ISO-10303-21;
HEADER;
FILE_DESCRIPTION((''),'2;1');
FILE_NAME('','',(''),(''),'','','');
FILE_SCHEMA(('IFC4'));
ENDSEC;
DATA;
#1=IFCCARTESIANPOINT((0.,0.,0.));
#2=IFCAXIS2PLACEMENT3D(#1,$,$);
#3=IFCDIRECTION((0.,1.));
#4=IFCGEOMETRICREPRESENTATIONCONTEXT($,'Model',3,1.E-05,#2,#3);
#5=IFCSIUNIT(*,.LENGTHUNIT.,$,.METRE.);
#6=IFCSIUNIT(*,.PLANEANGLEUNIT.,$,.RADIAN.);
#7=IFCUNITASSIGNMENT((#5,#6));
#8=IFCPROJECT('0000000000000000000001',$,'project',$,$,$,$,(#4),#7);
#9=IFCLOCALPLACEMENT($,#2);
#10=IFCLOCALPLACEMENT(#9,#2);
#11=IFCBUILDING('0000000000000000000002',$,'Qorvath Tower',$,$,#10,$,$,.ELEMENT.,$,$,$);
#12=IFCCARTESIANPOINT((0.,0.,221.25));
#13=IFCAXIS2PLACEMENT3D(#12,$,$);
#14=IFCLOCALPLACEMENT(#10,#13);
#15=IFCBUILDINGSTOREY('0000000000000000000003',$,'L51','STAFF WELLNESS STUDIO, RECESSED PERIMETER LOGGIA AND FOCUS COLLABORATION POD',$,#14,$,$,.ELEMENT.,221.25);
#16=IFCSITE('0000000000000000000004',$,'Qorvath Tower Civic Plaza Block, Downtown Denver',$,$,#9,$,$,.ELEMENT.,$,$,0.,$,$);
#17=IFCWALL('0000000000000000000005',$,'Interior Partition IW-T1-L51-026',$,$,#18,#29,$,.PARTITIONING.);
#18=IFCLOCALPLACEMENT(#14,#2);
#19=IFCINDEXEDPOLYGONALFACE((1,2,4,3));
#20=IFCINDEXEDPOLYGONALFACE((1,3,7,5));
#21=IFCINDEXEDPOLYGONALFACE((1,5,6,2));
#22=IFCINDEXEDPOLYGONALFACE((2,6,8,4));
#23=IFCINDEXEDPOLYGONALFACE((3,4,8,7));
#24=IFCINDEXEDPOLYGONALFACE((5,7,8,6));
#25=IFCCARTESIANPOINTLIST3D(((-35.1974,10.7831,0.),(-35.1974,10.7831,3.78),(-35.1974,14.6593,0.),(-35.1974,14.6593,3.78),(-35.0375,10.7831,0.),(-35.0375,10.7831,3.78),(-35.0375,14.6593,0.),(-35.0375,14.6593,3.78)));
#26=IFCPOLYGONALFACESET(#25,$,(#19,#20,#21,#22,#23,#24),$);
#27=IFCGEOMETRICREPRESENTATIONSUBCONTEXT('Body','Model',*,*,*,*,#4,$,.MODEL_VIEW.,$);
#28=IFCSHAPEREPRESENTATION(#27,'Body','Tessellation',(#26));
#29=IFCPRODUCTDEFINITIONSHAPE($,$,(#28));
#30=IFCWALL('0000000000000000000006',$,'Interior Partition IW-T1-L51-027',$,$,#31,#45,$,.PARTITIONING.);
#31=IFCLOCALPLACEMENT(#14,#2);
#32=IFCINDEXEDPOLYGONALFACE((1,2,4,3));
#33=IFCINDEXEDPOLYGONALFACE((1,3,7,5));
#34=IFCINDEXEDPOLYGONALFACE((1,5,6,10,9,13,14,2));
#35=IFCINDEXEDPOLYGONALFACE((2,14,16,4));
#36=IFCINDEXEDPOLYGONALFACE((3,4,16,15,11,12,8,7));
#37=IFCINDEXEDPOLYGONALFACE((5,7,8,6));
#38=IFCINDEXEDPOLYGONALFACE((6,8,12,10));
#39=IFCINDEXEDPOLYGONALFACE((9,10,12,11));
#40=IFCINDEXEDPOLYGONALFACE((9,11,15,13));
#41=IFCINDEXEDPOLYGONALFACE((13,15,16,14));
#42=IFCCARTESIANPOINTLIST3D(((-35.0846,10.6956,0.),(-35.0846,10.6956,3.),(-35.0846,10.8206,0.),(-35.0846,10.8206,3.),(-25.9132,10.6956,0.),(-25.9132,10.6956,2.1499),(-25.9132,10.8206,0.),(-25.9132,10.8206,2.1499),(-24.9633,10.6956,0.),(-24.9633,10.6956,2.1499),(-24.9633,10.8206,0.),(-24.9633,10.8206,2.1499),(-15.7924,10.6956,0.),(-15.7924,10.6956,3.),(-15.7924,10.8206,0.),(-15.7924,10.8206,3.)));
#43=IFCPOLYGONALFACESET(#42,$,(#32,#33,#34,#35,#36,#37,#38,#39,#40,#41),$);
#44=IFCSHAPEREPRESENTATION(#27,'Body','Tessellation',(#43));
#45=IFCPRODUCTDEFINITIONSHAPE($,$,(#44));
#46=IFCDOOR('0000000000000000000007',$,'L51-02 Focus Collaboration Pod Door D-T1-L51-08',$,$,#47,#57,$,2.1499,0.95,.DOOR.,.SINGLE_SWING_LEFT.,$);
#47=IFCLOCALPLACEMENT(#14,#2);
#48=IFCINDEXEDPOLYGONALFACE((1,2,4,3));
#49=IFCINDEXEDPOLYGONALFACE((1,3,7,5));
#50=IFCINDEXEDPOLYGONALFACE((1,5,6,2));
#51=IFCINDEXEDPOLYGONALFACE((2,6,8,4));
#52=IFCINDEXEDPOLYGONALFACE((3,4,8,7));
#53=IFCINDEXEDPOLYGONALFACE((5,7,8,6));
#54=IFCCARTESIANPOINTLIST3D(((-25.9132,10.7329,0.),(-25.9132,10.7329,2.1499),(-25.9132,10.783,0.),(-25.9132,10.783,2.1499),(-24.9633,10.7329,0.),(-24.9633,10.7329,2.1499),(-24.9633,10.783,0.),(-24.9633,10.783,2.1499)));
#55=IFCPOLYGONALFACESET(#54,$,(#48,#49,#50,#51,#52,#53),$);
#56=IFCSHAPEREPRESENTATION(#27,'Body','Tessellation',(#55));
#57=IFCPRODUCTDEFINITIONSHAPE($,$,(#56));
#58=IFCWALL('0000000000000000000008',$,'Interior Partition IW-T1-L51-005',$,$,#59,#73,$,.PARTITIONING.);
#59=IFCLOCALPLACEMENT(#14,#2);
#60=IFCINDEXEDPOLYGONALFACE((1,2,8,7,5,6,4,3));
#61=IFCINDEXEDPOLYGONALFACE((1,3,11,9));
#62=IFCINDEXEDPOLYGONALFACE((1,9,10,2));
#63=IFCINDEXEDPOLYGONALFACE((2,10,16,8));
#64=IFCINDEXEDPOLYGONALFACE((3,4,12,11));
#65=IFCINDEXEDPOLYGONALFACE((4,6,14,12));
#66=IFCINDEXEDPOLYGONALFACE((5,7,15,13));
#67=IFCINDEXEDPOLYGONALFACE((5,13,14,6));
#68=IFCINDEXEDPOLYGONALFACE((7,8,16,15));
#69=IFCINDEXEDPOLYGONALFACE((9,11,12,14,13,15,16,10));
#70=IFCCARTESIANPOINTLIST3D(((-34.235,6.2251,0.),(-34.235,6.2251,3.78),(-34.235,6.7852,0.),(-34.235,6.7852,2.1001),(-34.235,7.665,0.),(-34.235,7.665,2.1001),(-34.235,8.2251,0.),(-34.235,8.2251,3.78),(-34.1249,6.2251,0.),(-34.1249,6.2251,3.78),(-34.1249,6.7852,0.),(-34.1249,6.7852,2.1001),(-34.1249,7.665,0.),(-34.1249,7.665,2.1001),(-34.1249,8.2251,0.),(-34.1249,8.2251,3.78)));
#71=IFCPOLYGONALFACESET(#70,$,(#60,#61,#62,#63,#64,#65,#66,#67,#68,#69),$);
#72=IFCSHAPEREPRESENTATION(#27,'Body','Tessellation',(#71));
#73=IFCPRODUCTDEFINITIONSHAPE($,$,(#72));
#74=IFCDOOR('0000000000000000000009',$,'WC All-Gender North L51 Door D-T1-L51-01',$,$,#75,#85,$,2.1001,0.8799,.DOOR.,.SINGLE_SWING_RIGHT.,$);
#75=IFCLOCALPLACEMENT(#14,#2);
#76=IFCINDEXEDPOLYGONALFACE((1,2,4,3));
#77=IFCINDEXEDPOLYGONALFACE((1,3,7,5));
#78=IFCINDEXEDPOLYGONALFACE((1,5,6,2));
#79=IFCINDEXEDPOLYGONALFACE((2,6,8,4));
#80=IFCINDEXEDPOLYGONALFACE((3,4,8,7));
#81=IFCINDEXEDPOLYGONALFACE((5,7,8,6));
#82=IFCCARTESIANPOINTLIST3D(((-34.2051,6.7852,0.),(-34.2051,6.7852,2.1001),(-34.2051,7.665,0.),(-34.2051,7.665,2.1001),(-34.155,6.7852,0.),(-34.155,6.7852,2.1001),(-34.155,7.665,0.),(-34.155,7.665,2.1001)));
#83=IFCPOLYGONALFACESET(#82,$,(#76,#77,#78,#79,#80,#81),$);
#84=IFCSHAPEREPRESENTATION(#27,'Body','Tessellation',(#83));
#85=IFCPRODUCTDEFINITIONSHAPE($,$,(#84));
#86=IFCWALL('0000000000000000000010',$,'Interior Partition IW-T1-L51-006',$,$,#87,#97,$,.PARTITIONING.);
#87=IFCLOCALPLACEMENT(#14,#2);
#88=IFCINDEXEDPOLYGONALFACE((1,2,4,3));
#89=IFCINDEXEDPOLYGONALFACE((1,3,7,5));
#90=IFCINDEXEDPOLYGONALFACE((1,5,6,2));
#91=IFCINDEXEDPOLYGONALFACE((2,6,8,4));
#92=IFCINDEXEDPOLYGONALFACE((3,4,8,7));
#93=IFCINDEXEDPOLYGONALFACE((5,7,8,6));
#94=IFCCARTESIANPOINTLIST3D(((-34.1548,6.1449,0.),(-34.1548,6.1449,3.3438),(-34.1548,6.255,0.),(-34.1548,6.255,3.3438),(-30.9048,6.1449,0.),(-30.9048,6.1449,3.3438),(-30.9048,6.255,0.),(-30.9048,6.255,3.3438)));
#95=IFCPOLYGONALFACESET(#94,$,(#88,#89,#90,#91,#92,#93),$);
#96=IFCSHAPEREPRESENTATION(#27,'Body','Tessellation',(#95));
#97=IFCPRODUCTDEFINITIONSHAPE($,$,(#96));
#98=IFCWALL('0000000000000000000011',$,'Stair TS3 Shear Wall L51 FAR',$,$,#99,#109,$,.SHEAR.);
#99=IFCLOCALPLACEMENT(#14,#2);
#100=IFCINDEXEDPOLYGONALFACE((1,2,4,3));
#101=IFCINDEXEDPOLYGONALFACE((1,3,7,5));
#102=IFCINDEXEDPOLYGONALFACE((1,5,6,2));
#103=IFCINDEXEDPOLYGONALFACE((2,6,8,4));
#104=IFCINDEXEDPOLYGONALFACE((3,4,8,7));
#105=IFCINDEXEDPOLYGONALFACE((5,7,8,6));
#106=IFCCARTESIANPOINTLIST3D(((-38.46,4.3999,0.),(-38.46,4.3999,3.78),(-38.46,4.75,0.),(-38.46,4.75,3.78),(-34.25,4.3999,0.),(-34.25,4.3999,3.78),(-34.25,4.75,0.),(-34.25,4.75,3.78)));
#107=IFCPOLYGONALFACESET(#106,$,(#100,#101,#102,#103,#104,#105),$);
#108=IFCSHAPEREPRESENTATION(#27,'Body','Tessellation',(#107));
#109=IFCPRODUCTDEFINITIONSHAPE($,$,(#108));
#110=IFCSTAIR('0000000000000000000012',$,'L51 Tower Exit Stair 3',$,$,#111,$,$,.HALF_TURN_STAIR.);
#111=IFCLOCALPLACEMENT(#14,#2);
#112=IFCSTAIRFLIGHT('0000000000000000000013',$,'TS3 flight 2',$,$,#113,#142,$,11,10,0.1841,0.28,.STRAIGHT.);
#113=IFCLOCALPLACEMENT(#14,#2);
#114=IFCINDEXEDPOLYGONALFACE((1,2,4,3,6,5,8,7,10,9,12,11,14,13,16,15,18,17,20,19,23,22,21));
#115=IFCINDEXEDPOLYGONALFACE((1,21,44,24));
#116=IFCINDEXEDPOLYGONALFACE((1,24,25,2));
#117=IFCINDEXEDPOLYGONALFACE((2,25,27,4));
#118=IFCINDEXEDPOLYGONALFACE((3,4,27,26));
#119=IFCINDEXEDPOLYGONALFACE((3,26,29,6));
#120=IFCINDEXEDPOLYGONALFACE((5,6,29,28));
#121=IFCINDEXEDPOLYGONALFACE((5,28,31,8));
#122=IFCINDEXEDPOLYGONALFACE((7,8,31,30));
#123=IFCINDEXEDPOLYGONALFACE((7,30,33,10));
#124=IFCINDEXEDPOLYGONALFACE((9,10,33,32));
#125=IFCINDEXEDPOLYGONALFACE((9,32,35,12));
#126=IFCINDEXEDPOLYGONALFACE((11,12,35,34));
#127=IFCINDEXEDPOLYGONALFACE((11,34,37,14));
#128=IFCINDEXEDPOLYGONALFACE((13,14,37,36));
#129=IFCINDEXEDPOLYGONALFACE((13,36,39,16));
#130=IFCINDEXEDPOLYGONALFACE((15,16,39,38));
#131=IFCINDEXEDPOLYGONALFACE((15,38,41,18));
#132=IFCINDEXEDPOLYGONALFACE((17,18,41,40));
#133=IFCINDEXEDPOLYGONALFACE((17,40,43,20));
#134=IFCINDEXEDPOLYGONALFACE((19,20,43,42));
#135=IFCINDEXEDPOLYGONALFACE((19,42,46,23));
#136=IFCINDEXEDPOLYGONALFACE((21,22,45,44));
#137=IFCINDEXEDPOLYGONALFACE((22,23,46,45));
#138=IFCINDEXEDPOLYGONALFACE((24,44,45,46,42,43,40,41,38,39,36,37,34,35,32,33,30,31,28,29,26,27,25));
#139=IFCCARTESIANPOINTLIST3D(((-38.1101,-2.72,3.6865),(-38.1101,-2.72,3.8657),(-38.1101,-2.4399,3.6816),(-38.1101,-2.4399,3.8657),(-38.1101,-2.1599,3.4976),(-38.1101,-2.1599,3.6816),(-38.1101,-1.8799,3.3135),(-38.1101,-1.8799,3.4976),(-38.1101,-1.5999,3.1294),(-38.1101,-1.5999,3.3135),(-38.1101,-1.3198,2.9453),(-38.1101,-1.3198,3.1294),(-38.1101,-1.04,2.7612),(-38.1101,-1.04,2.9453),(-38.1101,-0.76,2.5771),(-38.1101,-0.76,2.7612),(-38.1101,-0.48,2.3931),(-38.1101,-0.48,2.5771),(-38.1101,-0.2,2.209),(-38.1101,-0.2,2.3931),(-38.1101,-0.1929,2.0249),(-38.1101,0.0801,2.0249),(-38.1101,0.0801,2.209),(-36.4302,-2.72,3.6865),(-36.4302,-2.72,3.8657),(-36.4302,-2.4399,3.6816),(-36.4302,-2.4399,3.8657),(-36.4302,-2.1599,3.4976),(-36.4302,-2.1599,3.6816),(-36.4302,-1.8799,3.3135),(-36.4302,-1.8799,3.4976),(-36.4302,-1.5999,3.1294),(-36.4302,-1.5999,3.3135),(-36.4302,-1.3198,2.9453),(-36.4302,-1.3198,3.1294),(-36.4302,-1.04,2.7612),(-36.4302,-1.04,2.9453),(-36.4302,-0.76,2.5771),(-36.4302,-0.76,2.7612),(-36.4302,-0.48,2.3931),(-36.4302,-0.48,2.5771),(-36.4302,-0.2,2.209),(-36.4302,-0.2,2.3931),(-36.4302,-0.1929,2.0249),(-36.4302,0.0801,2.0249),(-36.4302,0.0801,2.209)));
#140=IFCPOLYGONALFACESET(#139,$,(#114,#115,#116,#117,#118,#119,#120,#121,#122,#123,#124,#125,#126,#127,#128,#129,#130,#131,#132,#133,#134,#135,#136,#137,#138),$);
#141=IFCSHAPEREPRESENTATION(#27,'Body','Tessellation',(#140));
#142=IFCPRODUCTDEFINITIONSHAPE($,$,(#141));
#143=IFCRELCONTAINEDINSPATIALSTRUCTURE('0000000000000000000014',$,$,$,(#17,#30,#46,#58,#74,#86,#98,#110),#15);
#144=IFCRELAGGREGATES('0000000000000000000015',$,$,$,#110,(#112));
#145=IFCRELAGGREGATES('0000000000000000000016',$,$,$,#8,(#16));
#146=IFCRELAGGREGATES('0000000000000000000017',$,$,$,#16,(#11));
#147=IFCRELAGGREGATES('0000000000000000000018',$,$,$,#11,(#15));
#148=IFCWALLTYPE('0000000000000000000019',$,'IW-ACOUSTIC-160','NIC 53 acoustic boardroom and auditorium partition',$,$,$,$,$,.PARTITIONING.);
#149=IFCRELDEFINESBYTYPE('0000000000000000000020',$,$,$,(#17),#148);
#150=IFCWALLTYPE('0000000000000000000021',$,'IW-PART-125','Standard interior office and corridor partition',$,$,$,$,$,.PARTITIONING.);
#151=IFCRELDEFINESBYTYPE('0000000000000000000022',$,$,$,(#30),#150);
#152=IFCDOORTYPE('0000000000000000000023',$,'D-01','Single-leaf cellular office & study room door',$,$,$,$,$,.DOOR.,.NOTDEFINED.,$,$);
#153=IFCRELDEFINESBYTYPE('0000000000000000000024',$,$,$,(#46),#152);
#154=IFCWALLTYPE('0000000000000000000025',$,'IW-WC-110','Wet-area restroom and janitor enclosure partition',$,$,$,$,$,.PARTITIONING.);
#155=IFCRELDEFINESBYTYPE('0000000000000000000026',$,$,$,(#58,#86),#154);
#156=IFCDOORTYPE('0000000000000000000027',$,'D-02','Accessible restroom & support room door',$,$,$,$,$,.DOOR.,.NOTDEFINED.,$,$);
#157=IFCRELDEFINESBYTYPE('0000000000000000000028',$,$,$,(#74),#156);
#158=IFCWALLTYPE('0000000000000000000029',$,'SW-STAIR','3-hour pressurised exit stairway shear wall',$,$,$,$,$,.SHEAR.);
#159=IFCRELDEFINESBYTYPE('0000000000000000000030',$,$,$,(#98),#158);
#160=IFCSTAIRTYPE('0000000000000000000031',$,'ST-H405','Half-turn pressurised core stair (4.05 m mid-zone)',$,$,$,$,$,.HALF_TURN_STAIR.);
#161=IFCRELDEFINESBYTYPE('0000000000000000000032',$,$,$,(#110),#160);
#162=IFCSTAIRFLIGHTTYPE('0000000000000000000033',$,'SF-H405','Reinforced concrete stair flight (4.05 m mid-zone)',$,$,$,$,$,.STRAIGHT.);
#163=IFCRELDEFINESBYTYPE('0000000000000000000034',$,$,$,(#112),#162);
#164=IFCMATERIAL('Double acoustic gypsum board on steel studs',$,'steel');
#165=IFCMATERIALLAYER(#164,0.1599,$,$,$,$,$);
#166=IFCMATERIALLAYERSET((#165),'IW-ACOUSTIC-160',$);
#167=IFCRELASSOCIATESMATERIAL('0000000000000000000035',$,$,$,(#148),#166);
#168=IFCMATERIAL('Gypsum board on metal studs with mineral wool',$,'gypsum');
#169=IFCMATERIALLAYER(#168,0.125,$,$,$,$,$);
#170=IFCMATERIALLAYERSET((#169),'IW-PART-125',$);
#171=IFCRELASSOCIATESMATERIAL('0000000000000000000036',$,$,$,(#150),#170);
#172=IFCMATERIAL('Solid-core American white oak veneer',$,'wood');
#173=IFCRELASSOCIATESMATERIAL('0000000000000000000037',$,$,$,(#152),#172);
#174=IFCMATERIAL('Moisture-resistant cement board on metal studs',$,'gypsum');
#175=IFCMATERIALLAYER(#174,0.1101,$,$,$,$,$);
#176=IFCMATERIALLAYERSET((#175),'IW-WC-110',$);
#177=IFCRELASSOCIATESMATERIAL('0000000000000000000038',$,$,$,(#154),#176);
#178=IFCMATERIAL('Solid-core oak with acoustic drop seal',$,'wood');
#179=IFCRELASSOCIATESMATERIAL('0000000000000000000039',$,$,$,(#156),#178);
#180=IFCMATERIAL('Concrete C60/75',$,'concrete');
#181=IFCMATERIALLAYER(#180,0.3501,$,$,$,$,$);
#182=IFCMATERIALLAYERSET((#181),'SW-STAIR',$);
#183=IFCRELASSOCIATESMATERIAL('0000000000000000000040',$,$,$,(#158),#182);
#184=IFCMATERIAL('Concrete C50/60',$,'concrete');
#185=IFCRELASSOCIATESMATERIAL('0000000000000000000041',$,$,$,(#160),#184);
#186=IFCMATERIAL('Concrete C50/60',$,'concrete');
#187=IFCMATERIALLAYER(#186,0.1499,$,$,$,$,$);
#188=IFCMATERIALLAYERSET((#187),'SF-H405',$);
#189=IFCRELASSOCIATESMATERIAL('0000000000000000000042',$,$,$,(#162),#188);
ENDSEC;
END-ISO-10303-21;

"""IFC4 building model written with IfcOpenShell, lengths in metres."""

from ifc_helpers import new_model, si_unit, direction, frame, frame_2d, origin, place, context, subcontext, project, spatial, polyline, rectangle, outline, extrude, material, layer, layer_set, type_object, element, fill, aggregate, save


model = new_model("IFC4")

# Units and contexts
model_context = context("Model", 3, precision=1e-05, world=origin(), true_north=direction((0.0, 1.0)))
body_context = subcontext(model_context, "Body", "Model", "MODEL_VIEW")
ifc_project = project(units=[si_unit("LENGTHUNIT", "METRE"), si_unit("PLANEANGLEUNIT", "RADIAN")], contexts=[model_context])

# Site, building, storey
site_placement = place(None, origin())
site = spatial("IfcSite", under=ifc_project, at=site_placement, Name="Qorvath Tower Civic Plaza Block, Downtown Denver", CompositionType="ELEMENT", RefElevation=0.0)
building_placement = place(site_placement, origin())
building = spatial("IfcBuilding", under=site, at=building_placement, Name="Qorvath Tower", CompositionType="ELEMENT")
storey_placement = place(building_placement, frame((0.0, 0.0, 221.25)))
storey = spatial("IfcBuildingStorey", under=building, at=storey_placement, Name="L51", Description="STAFF WELLNESS STUDIO, RECESSED PERIMETER LOGGIA AND FOCUS COLLABORATION POD", CompositionType="ELEMENT", Elevation=221.25)

# Shared definitions
ifc_material_1 = material(Name="Double acoustic gypsum board on steel studs", Category="steel")
ifc_layer_1 = layer(ifc_material_1, 0.1599)
ifc_layer_set_1 = layer_set([ifc_layer_1], Name="IW-ACOUSTIC-160")
wall_type_1 = type_object("IfcWallType", Name="IW-ACOUSTIC-160", Description="NIC 53 acoustic boardroom and auditorium partition", PredefinedType="PARTITIONING", material=ifc_layer_set_1)

# Wall
wall_1_placement = place(storey_placement, frame((-35.1174, 10.7832, 0.0), z_axis=(0.0, 0.0, 1.0), x_axis=(0.0, 1.0, 0.0)))
element("IfcWall", 1, at=wall_1_placement, inside=storey, type_object=wall_type_1, Name="Interior Partition IW-T1-L51-026", PredefinedType="PARTITIONING", context=body_context, shape_type="SweptSolid", body=[
    extrude(rectangle(XDim=3.8762, YDim=0.1599, at=frame_2d((1.938, 0.0))), origin(), (0.0, 0.0, 1.0), 3.78),
])

# Walls, openings, doors
ifc_material_2 = material(Name="Gypsum board on metal studs with mineral wool", Category="gypsum")
ifc_layer_2 = layer(ifc_material_2, 0.125)
ifc_layer_set_2 = layer_set([ifc_layer_2], Name="IW-PART-125")
wall_type_2 = type_object("IfcWallType", Name="IW-PART-125", Description="Standard interior office and corridor partition", PredefinedType="PARTITIONING", material=ifc_layer_set_2)
wall_2_placement = place(storey_placement, frame((-35.0845, 10.7581, 0.0), z_axis=(0.0, 0.0, 1.0), x_axis=(1.0, 0.0, 0.0)))
wall_2 = element("IfcWall", 2, at=wall_2_placement, inside=storey, type_object=wall_type_2, Name="Interior Partition IW-T1-L51-027", PredefinedType="PARTITIONING", context=body_context, shape_type="SweptSolid", body=[
    extrude(rectangle(XDim=19.2922, YDim=0.125, at=frame_2d((9.646, 0.0))), origin(), (0.0, 0.0, 1.0), 3.0),
])
opening_1_placement = place(wall_2_placement, frame((9.1711, 0.0, 0.0)))
opening_1 = element("IfcOpeningElement", 3, at=opening_1_placement, cuts=wall_2, PredefinedType="OPENING", context=body_context, shape_type="SweptSolid", body=[
    extrude(rectangle(XDim=0.95, YDim=2.1499, at=frame_2d((0.4751, 1.075))), frame((0.0, 0.0725, 0.0), z_axis=(0.0, -1.0, 0.0), x_axis=(1.0, 0.0, 0.0)), (0.0, 0.0, 1.0), 0.145),
])
ifc_material_3 = material(Name="Solid-core American white oak veneer", Category="wood")
door_type_1 = type_object("IfcDoorType", Name="D-01", Description="Single-leaf cellular office & study room door", OperationType="NOTDEFINED", PredefinedType="DOOR", material=ifc_material_3)
door_1_placement = place(opening_1_placement, origin())
door_1 = element("IfcDoor", 4, at=door_1_placement, inside=storey, type_object=door_type_1, Name="L51-02 Focus Collaboration Pod Door D-T1-L51-08", OperationType="SINGLE_SWING_LEFT", OverallHeight=2.1499, OverallWidth=0.95, PredefinedType="DOOR", context=body_context, shape_type="SweptSolid", body=[
    extrude(rectangle(XDim=0.95, YDim=2.1499, at=frame_2d((0.4751, 1.075))), frame((0.0, 0.0249, 0.0), z_axis=(0.0, -1.0, 0.0), x_axis=(1.0, 0.0, 0.0)), (0.0, 0.0, 1.0), 0.05),
])
fill(opening_1, door_1)
ifc_material_4 = material(Name="Moisture-resistant cement board on metal studs", Category="gypsum")
ifc_layer_3 = layer(ifc_material_4, 0.1101)
ifc_layer_set_3 = layer_set([ifc_layer_3], Name="IW-WC-110")
wall_type_3 = type_object("IfcWallType", Name="IW-WC-110", Description="Wet-area restroom and janitor enclosure partition", PredefinedType="PARTITIONING", material=ifc_layer_set_3)
wall_3_placement = place(storey_placement, frame((-34.1799, 8.2251, 0.0), z_axis=(0.0, 0.0, 1.0), x_axis=(0.0, -1.0, 0.0)))
wall_3 = element("IfcWall", 5, at=wall_3_placement, inside=storey, type_object=wall_type_3, Name="Interior Partition IW-T1-L51-005", PredefinedType="PARTITIONING", context=body_context, shape_type="SweptSolid", body=[
    extrude(rectangle(XDim=2.0, YDim=0.1101, at=frame_2d((1.0, 0.0))), origin(), (0.0, 0.0, 1.0), 3.78),
])
opening_2_placement = place(wall_3_placement, frame((0.5601, 0.0, 0.0)))
opening_2 = element("IfcOpeningElement", 6, at=opening_2_placement, cuts=wall_3, PredefinedType="OPENING", context=body_context, shape_type="SweptSolid", body=[
    extrude(rectangle(XDim=0.8799, YDim=2.1001, at=frame_2d((0.4399, 1.05))), frame((0.0, 0.0649, 0.0), z_axis=(0.0, -1.0, 0.0), x_axis=(1.0, 0.0, 0.0)), (0.0, 0.0, 1.0), 0.1301),
])
ifc_material_5 = material(Name="Solid-core oak with acoustic drop seal", Category="wood")
door_type_2 = type_object("IfcDoorType", Name="D-02", Description="Accessible restroom & support room door", OperationType="NOTDEFINED", PredefinedType="DOOR", material=ifc_material_5)
door_2_placement = place(opening_2_placement, origin())
door_2 = element("IfcDoor", 7, at=door_2_placement, inside=storey, type_object=door_type_2, Name="WC All-Gender North L51 Door D-T1-L51-01", OperationType="SINGLE_SWING_RIGHT", OverallHeight=2.1001, OverallWidth=0.8799, PredefinedType="DOOR", context=body_context, shape_type="SweptSolid", body=[
    extrude(rectangle(XDim=0.8799, YDim=2.1001, at=frame_2d((0.4399, 1.05))), frame((0.0, 0.0249, 0.0), z_axis=(0.0, -1.0, 0.0), x_axis=(1.0, 0.0, 0.0)), (0.0, 0.0, 1.0), 0.05),
])
fill(opening_2, door_2)

# Walls
wall_4_placement = place(storey_placement, frame((-34.1548, 6.2, 0.0), z_axis=(0.0, 0.0, 1.0), x_axis=(1.0, 0.0, 0.0)))
element("IfcWall", 8, at=wall_4_placement, inside=storey, type_object=wall_type_3, Name="Interior Partition IW-T1-L51-006", PredefinedType="PARTITIONING", context=body_context, shape_type="SweptSolid", body=[
    extrude(rectangle(XDim=3.25, YDim=0.1101, at=frame_2d((1.625, 0.0))), origin(), (0.0, 0.0, 1.0), 3.3438),
])
ifc_material_6 = material(Name="Concrete C60/75", Category="concrete")
ifc_layer_4 = layer(ifc_material_6, 0.3501)
ifc_layer_set_4 = layer_set([ifc_layer_4], Name="SW-STAIR")
wall_type_4 = type_object("IfcWallType", Name="SW-STAIR", Description="3-hour pressurised exit stairway shear wall", PredefinedType="SHEAR", material=ifc_layer_set_4)
wall_5_placement = place(storey_placement, frame((-34.25, 4.575, 0.0), z_axis=(0.0, 0.0, 1.0), x_axis=(-1.0, 0.0, 0.0)))
element("IfcWall", 9, at=wall_5_placement, inside=storey, type_object=wall_type_4, Name="Stair TS3 Shear Wall L51 FAR", PredefinedType="SHEAR", context=body_context, shape_type="SweptSolid", body=[
    extrude(rectangle(XDim=4.21, YDim=0.3501, at=frame_2d((2.105, 0.0))), origin(), (0.0, 0.0, 1.0), 3.78),
])

# Stair, stair flight
ifc_material_7 = material(Name="Concrete C50/60", Category="concrete")
stair_type = type_object("IfcStairType", Name="ST-H405", Description="Half-turn pressurised core stair (4.05 m mid-zone)", PredefinedType="HALF_TURN_STAIR", material=ifc_material_7)
stair_placement = place(storey_placement, origin())
stair = element("IfcStair", 10, at=stair_placement, inside=storey, type_object=stair_type, Name="L51 Tower Exit Stair 3", PredefinedType="HALF_TURN_STAIR")
ifc_material_8 = material(Name="Concrete C50/60", Category="concrete")
ifc_layer_5 = layer(ifc_material_8, 0.1499)
ifc_layer_set_5 = layer_set([ifc_layer_5], Name="SF-H405")
stair_flight_type = type_object("IfcStairFlightType", Name="SF-H405", Description="Reinforced concrete stair flight (4.05 m mid-zone)", PredefinedType="STRAIGHT", material=ifc_layer_set_5)
stair_flight_placement = place(storey_placement, frame((-37.27, 0.0801, 2.0249), z_axis=(0.0, 0.0, 1.0), x_axis=(0.0, -1.0, 0.0)))
stair_flight = element("IfcStairFlight", 11, at=stair_flight_placement, type_object=stair_flight_type, Name="TS3 flight 2", NumberOfRisers=11, NumberOfTreads=10, PredefinedType="STRAIGHT", RiserHeight=0.1841, TreadLength=0.28, context=body_context, shape_type="SweptSolid", body=[
    extrude(outline(polyline([(0.0, 0.0), (0.0, 0.1841), (0.28, 0.1841), (0.28, 0.3682), (0.5601, 0.3682), (0.5601, 0.5522), (0.8401, 0.5522), (0.8401, 0.7363), (1.1201, 0.7363), (1.1201, 0.9204), (1.3999, 0.9204), (1.3999, 1.1045), (1.6799, 1.1045), (1.6799, 1.2886), (1.96, 1.2886), (1.96, 1.4727), (2.24, 1.4727), (2.24, 1.6567), (2.52, 1.6567), (2.52, 1.8408), (2.8, 1.8408), (2.8, 2.0249), (2.8, 1.6616), (0.2729, 0.0), (0.0, 0.0)])), frame((0.0, 0.8398, 0.0), z_axis=(0.0, -1.0, 0.0), x_axis=(1.0, 0.0, 0.0)), (0.0, 0.0, 1.0), 1.6799),
])
aggregate(stair, [stair_flight])

save(model, "model.ifc")
